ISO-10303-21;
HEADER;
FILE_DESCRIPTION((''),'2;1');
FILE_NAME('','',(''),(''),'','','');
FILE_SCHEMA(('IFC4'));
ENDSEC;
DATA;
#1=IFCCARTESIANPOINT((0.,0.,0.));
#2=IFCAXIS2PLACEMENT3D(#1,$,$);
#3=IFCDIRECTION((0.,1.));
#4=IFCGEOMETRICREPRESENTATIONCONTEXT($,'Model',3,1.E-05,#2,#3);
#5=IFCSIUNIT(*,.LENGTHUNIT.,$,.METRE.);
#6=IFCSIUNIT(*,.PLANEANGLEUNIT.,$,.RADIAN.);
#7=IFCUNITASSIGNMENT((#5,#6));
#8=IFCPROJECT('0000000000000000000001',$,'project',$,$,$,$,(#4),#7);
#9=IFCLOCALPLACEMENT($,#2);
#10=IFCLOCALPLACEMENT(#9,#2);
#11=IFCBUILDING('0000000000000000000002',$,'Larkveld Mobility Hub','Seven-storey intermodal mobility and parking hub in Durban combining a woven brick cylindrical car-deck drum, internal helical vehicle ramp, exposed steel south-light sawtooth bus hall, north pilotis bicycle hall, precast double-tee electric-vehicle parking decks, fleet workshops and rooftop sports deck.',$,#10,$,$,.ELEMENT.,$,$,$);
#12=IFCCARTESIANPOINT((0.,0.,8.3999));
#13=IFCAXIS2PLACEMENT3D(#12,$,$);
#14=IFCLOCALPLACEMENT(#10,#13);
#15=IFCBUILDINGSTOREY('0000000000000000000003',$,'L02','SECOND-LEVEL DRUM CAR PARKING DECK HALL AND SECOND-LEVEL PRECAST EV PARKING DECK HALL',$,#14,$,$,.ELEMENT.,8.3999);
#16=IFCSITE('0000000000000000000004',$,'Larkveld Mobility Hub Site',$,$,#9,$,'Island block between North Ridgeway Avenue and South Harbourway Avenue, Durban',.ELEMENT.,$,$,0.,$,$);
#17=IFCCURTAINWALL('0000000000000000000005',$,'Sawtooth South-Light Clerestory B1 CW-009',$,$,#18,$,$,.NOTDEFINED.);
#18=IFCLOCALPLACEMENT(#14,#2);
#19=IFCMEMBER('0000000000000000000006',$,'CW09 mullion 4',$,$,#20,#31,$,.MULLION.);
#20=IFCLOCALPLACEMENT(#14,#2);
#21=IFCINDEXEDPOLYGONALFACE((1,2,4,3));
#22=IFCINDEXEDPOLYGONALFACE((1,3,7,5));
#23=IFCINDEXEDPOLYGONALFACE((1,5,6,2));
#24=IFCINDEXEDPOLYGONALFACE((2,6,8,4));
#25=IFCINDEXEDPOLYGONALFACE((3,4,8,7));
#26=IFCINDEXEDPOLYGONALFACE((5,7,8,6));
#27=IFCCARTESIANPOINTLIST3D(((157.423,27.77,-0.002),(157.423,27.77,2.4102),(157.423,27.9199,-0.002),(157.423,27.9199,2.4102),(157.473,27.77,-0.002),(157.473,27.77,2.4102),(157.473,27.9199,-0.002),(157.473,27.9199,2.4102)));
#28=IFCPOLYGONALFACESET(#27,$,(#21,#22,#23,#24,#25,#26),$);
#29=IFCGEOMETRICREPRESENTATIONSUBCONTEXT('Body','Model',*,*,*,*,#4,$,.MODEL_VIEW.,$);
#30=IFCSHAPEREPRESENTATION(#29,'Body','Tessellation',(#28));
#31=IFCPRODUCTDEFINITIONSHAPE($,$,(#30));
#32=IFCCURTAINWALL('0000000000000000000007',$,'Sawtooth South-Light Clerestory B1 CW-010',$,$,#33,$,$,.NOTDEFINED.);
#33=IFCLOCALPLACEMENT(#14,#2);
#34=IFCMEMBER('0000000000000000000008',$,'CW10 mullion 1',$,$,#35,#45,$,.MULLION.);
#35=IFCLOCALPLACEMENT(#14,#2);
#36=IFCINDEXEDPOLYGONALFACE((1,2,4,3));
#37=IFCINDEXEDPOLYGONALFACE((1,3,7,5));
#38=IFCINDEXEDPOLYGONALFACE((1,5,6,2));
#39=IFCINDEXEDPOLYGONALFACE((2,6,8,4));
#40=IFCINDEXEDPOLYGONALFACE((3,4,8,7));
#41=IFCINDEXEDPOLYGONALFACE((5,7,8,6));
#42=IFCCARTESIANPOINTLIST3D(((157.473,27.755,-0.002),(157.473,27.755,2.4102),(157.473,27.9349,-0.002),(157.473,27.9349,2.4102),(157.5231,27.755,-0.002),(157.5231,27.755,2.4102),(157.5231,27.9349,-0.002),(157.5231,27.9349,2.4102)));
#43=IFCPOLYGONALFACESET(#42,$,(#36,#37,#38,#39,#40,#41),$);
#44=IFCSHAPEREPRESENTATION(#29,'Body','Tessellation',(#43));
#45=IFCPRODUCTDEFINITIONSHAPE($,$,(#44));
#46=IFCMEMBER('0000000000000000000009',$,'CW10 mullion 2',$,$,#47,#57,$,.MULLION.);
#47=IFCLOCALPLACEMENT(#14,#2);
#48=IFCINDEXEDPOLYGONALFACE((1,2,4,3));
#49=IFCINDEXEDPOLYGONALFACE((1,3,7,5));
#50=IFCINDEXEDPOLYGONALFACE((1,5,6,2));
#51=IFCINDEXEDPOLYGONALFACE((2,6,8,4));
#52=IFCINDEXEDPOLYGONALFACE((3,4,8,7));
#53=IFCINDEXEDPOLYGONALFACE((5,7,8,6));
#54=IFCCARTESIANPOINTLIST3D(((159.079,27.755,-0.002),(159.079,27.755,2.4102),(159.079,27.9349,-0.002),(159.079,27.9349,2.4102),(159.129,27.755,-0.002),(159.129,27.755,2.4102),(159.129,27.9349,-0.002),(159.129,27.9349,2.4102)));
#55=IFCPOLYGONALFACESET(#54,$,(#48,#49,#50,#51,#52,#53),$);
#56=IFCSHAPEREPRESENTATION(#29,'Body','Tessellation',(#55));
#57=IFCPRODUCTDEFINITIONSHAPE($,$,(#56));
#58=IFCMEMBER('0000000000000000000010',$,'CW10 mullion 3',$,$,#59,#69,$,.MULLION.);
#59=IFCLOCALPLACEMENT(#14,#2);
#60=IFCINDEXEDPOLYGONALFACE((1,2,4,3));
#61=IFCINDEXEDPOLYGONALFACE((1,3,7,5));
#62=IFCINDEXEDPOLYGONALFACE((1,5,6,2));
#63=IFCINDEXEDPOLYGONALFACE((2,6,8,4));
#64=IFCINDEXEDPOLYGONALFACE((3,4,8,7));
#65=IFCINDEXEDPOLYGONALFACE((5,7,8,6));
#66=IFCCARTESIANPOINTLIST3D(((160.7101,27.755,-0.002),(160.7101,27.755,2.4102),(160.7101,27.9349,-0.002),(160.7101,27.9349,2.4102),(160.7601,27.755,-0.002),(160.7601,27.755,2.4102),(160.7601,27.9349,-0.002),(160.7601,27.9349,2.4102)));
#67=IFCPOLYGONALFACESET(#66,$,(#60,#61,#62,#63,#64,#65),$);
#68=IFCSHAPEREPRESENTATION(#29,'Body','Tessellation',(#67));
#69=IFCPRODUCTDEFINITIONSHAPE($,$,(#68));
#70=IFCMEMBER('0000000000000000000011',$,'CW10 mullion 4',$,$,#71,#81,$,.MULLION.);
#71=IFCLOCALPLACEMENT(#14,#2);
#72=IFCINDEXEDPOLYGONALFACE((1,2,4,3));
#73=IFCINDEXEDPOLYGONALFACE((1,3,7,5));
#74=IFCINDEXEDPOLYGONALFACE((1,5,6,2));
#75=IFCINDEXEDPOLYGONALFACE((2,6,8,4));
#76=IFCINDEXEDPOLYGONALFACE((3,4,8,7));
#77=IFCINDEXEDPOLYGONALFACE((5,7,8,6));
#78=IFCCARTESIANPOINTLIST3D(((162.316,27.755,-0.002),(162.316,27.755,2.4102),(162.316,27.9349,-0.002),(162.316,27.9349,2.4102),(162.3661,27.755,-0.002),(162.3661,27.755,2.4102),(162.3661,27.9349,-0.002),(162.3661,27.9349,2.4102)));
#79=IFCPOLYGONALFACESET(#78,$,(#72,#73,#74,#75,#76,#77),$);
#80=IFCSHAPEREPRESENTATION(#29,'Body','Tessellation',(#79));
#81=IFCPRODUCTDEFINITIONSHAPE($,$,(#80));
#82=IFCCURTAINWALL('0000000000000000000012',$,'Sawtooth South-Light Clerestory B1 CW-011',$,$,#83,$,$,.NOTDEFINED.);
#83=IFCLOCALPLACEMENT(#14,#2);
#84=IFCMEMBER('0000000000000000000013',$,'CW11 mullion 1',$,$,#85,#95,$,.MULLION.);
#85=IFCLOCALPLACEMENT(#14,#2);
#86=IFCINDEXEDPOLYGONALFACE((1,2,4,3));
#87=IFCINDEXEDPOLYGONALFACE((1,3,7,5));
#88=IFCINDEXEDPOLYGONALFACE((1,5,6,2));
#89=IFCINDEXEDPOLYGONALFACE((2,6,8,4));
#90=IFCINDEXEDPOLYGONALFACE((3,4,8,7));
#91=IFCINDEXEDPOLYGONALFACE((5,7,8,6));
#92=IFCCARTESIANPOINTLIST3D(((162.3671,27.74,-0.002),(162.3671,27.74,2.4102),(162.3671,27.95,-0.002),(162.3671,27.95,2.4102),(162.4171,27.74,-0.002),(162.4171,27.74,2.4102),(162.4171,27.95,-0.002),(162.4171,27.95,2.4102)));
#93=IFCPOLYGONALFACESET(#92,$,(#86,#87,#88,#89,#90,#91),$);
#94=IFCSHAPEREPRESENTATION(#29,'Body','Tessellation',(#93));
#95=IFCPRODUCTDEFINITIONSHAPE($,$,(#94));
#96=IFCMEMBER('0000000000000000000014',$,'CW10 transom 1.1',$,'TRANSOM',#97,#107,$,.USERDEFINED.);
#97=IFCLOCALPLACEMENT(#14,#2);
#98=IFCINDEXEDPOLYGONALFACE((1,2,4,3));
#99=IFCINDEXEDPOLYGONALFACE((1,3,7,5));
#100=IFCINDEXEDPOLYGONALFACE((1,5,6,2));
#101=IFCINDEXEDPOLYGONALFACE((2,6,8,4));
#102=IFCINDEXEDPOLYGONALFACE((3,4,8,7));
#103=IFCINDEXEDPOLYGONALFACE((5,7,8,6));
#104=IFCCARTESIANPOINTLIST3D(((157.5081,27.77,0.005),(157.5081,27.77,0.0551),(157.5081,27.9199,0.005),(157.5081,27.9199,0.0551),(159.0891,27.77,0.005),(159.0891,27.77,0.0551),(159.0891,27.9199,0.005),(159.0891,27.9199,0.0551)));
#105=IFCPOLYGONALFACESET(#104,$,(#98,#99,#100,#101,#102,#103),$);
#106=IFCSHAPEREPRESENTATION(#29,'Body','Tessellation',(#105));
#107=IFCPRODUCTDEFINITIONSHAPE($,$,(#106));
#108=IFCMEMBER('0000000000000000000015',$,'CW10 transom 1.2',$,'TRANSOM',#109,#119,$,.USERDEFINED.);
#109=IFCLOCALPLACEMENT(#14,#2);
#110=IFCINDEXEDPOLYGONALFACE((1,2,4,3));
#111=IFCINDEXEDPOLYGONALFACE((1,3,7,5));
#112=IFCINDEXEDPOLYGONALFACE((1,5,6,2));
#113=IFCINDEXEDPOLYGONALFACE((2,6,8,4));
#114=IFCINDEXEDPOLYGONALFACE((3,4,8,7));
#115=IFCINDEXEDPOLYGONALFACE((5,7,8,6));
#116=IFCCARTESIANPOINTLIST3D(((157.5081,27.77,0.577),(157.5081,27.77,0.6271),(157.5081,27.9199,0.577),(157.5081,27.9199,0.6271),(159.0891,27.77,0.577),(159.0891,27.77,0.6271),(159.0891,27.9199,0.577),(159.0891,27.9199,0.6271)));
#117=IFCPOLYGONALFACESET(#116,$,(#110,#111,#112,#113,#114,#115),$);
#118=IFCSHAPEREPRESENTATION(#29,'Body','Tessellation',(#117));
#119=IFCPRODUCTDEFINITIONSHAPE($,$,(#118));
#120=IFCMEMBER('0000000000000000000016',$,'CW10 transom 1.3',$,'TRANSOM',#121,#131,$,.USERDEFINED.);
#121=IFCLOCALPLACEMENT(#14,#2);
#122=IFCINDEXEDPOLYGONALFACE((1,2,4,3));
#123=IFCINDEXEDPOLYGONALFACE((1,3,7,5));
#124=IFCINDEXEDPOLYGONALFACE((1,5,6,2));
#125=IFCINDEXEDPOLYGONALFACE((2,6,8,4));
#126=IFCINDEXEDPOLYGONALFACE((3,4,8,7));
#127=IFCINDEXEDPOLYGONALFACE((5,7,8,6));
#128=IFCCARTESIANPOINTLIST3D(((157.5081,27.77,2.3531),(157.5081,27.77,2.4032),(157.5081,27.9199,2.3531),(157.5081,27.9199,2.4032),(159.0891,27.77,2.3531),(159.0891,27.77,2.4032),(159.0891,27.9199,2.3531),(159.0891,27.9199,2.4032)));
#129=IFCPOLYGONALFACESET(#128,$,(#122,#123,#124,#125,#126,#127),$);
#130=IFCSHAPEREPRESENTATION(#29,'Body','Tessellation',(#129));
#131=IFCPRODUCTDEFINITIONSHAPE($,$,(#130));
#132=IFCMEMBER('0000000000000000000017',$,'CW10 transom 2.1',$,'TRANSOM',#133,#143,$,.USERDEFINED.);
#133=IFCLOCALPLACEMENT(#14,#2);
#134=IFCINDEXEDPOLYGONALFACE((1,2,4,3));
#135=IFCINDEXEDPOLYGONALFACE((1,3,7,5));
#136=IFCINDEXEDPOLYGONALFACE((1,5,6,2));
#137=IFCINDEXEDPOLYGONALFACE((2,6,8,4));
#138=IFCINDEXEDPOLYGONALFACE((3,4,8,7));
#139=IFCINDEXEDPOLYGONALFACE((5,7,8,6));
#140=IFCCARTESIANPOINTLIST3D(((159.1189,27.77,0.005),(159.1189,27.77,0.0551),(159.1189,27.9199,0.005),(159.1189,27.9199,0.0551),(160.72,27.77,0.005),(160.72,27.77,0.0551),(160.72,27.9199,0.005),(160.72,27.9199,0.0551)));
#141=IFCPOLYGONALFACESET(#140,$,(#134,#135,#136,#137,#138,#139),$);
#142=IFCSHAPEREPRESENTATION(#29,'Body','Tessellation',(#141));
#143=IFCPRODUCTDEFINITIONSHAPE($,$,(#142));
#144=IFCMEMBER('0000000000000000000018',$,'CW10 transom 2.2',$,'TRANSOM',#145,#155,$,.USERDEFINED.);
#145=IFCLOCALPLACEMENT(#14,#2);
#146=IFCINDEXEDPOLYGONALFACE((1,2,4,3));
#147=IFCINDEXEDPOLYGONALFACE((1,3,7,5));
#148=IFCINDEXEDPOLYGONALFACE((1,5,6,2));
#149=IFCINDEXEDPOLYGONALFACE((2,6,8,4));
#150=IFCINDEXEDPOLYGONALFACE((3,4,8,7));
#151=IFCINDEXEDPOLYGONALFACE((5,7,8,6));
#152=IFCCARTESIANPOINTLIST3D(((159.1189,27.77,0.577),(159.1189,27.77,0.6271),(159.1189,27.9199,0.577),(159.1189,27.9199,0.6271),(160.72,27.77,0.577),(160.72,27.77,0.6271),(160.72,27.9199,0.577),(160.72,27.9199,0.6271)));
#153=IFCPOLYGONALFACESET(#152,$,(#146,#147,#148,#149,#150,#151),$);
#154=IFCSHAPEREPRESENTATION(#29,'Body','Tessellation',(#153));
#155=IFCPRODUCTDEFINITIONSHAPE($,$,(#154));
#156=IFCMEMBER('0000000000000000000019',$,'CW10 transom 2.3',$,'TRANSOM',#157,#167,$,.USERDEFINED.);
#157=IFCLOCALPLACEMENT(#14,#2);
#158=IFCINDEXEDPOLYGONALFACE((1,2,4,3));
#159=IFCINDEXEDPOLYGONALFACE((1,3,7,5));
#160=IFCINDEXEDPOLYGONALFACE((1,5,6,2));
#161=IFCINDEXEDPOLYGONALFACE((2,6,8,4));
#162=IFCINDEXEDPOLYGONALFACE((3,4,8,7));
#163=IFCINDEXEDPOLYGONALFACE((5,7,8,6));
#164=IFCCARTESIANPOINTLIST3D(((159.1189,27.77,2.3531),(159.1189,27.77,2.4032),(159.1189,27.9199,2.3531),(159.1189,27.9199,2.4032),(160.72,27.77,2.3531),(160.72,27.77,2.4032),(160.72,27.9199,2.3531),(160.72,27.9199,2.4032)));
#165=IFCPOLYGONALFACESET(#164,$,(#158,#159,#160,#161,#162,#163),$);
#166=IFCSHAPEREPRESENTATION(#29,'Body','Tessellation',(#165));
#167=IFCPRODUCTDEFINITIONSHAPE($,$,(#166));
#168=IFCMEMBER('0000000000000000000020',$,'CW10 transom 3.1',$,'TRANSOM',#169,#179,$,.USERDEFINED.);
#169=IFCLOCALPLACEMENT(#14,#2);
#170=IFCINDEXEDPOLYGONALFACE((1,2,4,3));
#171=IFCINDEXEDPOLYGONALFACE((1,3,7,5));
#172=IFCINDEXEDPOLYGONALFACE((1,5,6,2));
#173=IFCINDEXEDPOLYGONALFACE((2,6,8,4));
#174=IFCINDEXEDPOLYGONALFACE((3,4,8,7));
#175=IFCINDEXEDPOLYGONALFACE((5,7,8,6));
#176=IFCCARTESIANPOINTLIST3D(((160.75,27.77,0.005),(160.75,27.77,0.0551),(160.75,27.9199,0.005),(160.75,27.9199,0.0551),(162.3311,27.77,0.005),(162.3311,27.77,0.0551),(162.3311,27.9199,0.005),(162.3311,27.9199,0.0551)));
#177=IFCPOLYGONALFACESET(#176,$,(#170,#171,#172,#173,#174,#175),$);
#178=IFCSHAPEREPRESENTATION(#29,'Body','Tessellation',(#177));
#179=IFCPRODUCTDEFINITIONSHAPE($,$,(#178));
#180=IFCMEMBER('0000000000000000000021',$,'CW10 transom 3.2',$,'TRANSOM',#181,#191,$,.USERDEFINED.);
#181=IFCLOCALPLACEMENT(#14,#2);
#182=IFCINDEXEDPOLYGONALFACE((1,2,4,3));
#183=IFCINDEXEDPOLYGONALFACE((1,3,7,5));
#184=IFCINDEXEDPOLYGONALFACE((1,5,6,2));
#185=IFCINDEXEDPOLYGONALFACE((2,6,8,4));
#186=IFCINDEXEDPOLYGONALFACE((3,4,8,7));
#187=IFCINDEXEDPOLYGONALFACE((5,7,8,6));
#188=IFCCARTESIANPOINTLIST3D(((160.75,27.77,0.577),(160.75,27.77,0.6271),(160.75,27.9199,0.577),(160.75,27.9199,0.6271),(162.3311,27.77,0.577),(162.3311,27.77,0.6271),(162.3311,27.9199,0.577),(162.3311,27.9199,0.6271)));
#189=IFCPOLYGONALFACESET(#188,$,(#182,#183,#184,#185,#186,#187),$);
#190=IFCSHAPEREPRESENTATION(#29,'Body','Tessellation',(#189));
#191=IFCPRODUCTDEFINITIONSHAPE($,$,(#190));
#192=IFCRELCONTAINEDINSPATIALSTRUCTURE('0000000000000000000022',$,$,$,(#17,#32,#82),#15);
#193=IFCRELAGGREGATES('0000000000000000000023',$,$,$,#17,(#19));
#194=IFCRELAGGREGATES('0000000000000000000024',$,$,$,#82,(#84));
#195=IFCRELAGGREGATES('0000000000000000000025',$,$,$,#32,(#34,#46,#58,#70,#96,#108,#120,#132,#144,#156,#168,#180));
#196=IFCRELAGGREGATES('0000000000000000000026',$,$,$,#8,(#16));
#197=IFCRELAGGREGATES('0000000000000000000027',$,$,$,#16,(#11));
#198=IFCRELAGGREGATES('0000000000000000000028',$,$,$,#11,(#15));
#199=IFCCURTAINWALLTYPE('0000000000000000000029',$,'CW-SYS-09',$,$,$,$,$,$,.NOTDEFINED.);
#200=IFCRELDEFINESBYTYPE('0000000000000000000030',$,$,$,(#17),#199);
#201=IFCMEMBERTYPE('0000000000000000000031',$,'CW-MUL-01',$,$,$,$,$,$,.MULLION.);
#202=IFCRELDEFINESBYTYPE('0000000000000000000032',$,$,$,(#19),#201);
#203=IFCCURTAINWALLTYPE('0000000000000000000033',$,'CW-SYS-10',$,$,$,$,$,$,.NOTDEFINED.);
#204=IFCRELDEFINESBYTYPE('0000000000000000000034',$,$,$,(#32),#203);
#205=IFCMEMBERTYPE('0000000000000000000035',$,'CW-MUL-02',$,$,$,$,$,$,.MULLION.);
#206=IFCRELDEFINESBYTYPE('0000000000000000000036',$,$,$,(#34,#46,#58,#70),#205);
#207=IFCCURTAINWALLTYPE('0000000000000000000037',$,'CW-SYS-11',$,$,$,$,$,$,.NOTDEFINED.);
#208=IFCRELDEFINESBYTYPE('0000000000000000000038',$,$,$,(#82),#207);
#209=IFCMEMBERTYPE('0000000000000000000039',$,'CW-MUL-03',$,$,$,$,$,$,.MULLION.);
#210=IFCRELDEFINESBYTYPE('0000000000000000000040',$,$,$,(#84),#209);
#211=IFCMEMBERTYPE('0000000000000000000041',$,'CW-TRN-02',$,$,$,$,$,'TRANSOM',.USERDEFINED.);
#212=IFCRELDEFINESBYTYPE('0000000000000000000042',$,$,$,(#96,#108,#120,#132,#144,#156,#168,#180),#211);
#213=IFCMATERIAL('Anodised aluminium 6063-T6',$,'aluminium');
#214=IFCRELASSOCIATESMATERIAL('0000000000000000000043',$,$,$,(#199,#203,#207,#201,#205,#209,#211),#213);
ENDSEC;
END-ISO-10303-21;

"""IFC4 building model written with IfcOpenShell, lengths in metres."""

from ifc_helpers import new_model, si_unit, direction, frame, origin, origin_2d, place, context, subcontext, project, spatial, rectangle, extrude, material, material_profile, profile_set, type_object, element, aggregate, save


model = new_model("IFC4")

# Units and contexts
model_context = context("Model", 3, precision=1e-05, world=origin(), true_north=direction((0.0, 1.0)))
body_context = subcontext(model_context, "Body", "Model", "MODEL_VIEW")
ifc_project = project(units=[si_unit("LENGTHUNIT", "METRE"), si_unit("PLANEANGLEUNIT", "RADIAN")], contexts=[model_context])

# Site, building, storey
site_placement = place(None, origin())
site = spatial("IfcSite", under=ifc_project, at=site_placement, Name="Larkveld Mobility Hub Site", LongName="Island block between North Ridgeway Avenue and South Harbourway Avenue, Durban", CompositionType="ELEMENT", RefElevation=0.0)
building_placement = place(site_placement, origin())
building = spatial("IfcBuilding", under=site, at=building_placement, Name="Larkveld Mobility Hub", Description="Seven-storey intermodal mobility and parking hub in Durban combining a woven brick cylindrical car-deck drum, internal helical vehicle ramp, exposed steel south-light sawtooth bus hall, north pilotis bicycle hall, precast double-tee electric-vehicle parking decks, fleet workshops and rooftop sports deck.", CompositionType="ELEMENT")
storey_placement = place(building_placement, frame((0.0, 0.0, 8.3999)))
storey = spatial("IfcBuildingStorey", under=building, at=storey_placement, Name="L02", Description="SECOND-LEVEL DRUM CAR PARKING DECK HALL AND SECOND-LEVEL PRECAST EV PARKING DECK HALL", CompositionType="ELEMENT", Elevation=8.3999)

# Curtain wall, member
ifc_material_1 = material(Name="Anodised aluminium 6063-T6", Category="aluminium")
curtain_wall_type_1 = type_object("IfcCurtainWallType", Name="CW-SYS-09", PredefinedType="NOTDEFINED", material=ifc_material_1)
curtain_wall_1_placement = place(storey_placement, origin())
curtain_wall_1 = element("IfcCurtainWall", 1, at=curtain_wall_1_placement, inside=storey, type_object=curtain_wall_type_1, Name="Sawtooth South-Light Clerestory B1 CW-009", PredefinedType="NOTDEFINED")
ifc_material_profile_1 = material_profile(ifc_material_1, rectangle(XDim=0.05, YDim=0.1499, at=origin_2d()), Name="ALU MULL 50x150")
ifc_profile_set_1 = profile_set([ifc_material_profile_1], Name="Anodised aluminium 6063-T6")
member_type_1 = type_object("IfcMemberType", Name="CW-MUL-01", PredefinedType="MULLION", material=ifc_profile_set_1)
member_1_placement = place(storey_placement, frame((157.448, 27.845, -0.002), z_axis=(0.0, 0.0, 1.0), x_axis=(1.0, 0.0, 0.0)))
member_1 = element("IfcMember", 2, at=member_1_placement, type_object=member_type_1, Name="CW09 mullion 4", PredefinedType="MULLION", context=body_context, shape_type="SweptSolid", body=[
    extrude(rectangle(XDim=0.05, YDim=0.1499, at=origin_2d()), origin(), (0.0, 0.0, 1.0), 2.4121),
])

# Curtain wall, members
curtain_wall_type_2 = type_object("IfcCurtainWallType", Name="CW-SYS-10", PredefinedType="NOTDEFINED", material=ifc_material_1)
curtain_wall_2_placement = place(storey_placement, origin())
curtain_wall_2 = element("IfcCurtainWall", 3, at=curtain_wall_2_placement, inside=storey, type_object=curtain_wall_type_2, Name="Sawtooth South-Light Clerestory B1 CW-010", PredefinedType="NOTDEFINED")
ifc_material_profile_2 = material_profile(ifc_material_1, rectangle(XDim=0.05, YDim=0.1799, at=origin_2d()), Name="ALU MULL 50x180")
ifc_profile_set_2 = profile_set([ifc_material_profile_2], Name="Anodised aluminium 6063-T6")
member_type_2 = type_object("IfcMemberType", Name="CW-MUL-02", PredefinedType="MULLION", material=ifc_profile_set_2)
member_2_placement = place(storey_placement, frame((157.498, 27.845, -0.002), z_axis=(0.0, 0.0, 1.0), x_axis=(1.0, 0.0, 0.0)))
member_2 = element("IfcMember", 4, at=member_2_placement, type_object=member_type_2, Name="CW10 mullion 1", PredefinedType="MULLION", context=body_context, shape_type="SweptSolid", body=[
    extrude(rectangle(XDim=0.05, YDim=0.1799, at=origin_2d()), origin(), (0.0, 0.0, 1.0), 2.4121),
])
member_3_placement = place(storey_placement, frame((159.104, 27.845, -0.002), z_axis=(0.0, 0.0, 1.0), x_axis=(1.0, 0.0, 0.0)))
member_3 = element("IfcMember", 5, at=member_3_placement, type_object=member_type_2, Name="CW10 mullion 2", PredefinedType="MULLION", context=body_context, shape_type="SweptSolid", body=[
    extrude(rectangle(XDim=0.05, YDim=0.1799, at=origin_2d()), origin(), (0.0, 0.0, 1.0), 2.4121),
])
member_4_placement = place(storey_placement, frame((160.7351, 27.845, -0.002), z_axis=(0.0, 0.0, 1.0), x_axis=(1.0, 0.0, 0.0)))
member_4 = element("IfcMember", 6, at=member_4_placement, type_object=member_type_2, Name="CW10 mullion 3", PredefinedType="MULLION", context=body_context, shape_type="SweptSolid", body=[
    extrude(rectangle(XDim=0.05, YDim=0.1799, at=origin_2d()), origin(), (0.0, 0.0, 1.0), 2.4121),
])
member_5_placement = place(storey_placement, frame((162.3411, 27.845, -0.002), z_axis=(0.0, 0.0, 1.0), x_axis=(1.0, 0.0, 0.0)))
member_5 = element("IfcMember", 7, at=member_5_placement, type_object=member_type_2, Name="CW10 mullion 4", PredefinedType="MULLION", context=body_context, shape_type="SweptSolid", body=[
    extrude(rectangle(XDim=0.05, YDim=0.1799, at=origin_2d()), origin(), (0.0, 0.0, 1.0), 2.4121),
])

# Curtain wall, member
curtain_wall_type_3 = type_object("IfcCurtainWallType", Name="CW-SYS-11", PredefinedType="NOTDEFINED", material=ifc_material_1)
curtain_wall_3_placement = place(storey_placement, origin())
curtain_wall_3 = element("IfcCurtainWall", 8, at=curtain_wall_3_placement, inside=storey, type_object=curtain_wall_type_3, Name="Sawtooth South-Light Clerestory B1 CW-011", PredefinedType="NOTDEFINED")
ifc_material_profile_3 = material_profile(ifc_material_1, rectangle(XDim=0.05, YDim=0.21, at=origin_2d()), Name="ALU MULL 50x210")
ifc_profile_set_3 = profile_set([ifc_material_profile_3], Name="Anodised aluminium 6063-T6")
member_type_3 = type_object("IfcMemberType", Name="CW-MUL-03", PredefinedType="MULLION", material=ifc_profile_set_3)
member_6_placement = place(storey_placement, frame((162.3921, 27.845, -0.002), z_axis=(0.0, 0.0, 1.0), x_axis=(1.0, 0.0, 0.0)))
member_6 = element("IfcMember", 9, at=member_6_placement, type_object=member_type_3, Name="CW11 mullion 1", PredefinedType="MULLION", context=body_context, shape_type="SweptSolid", body=[
    extrude(rectangle(XDim=0.05, YDim=0.21, at=origin_2d()), origin(), (0.0, 0.0, 1.0), 2.4121),
])

# Members
ifc_material_profile_4 = material_profile(ifc_material_1, rectangle(XDim=0.1499, YDim=0.05, at=origin_2d()), Name="ALU TRAN 50x150")
ifc_profile_set_4 = profile_set([ifc_material_profile_4], Name="Anodised aluminium 6063-T6")
member_type_4 = type_object("IfcMemberType", Name="CW-TRN-02", ElementType="TRANSOM", PredefinedType="USERDEFINED", material=ifc_profile_set_4)
member_7_placement = place(storey_placement, frame((157.5081, 27.845, 0.03), z_axis=(1.0, 0.0, 0.0), x_axis=(0.0, 1.0, 0.0)))
member_7 = element("IfcMember", 10, at=member_7_placement, type_object=member_type_4, Name="CW10 transom 1.1", ObjectType="TRANSOM", PredefinedType="USERDEFINED", context=body_context, shape_type="SweptSolid", body=[
    extrude(rectangle(XDim=0.1499, YDim=0.05, at=origin_2d()), origin(), (0.0, 0.0, 1.0), 1.5811),
])
member_8_placement = place(storey_placement, frame((157.5081, 27.845, 0.6021), z_axis=(1.0, 0.0, 0.0), x_axis=(0.0, 1.0, 0.0)))
member_8 = element("IfcMember", 11, at=member_8_placement, type_object=member_type_4, Name="CW10 transom 1.2", ObjectType="TRANSOM", PredefinedType="USERDEFINED", context=body_context, shape_type="SweptSolid", body=[
    extrude(rectangle(XDim=0.1499, YDim=0.05, at=origin_2d()), origin(), (0.0, 0.0, 1.0), 1.5811),
])
member_9_placement = place(storey_placement, frame((157.5081, 27.845, 2.3782), z_axis=(1.0, 0.0, 0.0), x_axis=(0.0, 1.0, 0.0)))
member_9 = element("IfcMember", 12, at=member_9_placement, type_object=member_type_4, Name="CW10 transom 1.3", ObjectType="TRANSOM", PredefinedType="USERDEFINED", context=body_context, shape_type="SweptSolid", body=[
    extrude(rectangle(XDim=0.1499, YDim=0.05, at=origin_2d()), origin(), (0.0, 0.0, 1.0), 1.5811),
])
member_10_placement = place(storey_placement, frame((159.1189, 27.845, 0.03), z_axis=(1.0, 0.0, 0.0), x_axis=(0.0, 1.0, 0.0)))
member_10 = element("IfcMember", 13, at=member_10_placement, type_object=member_type_4, Name="CW10 transom 2.1", ObjectType="TRANSOM", PredefinedType="USERDEFINED", context=body_context, shape_type="SweptSolid", body=[
    extrude(rectangle(XDim=0.1499, YDim=0.05, at=origin_2d()), origin(), (0.0, 0.0, 1.0), 1.6011),
])
member_11_placement = place(storey_placement, frame((159.1189, 27.845, 0.6021), z_axis=(1.0, 0.0, 0.0), x_axis=(0.0, 1.0, 0.0)))
member_11 = element("IfcMember", 14, at=member_11_placement, type_object=member_type_4, Name="CW10 transom 2.2", ObjectType="TRANSOM", PredefinedType="USERDEFINED", context=body_context, shape_type="SweptSolid", body=[
    extrude(rectangle(XDim=0.1499, YDim=0.05, at=origin_2d()), origin(), (0.0, 0.0, 1.0), 1.6011),
])
member_12_placement = place(storey_placement, frame((159.1189, 27.845, 2.3782), z_axis=(1.0, 0.0, 0.0), x_axis=(0.0, 1.0, 0.0)))
member_12 = element("IfcMember", 15, at=member_12_placement, type_object=member_type_4, Name="CW10 transom 2.3", ObjectType="TRANSOM", PredefinedType="USERDEFINED", context=body_context, shape_type="SweptSolid", body=[
    extrude(rectangle(XDim=0.1499, YDim=0.05, at=origin_2d()), origin(), (0.0, 0.0, 1.0), 1.6011),
])
member_13_placement = place(storey_placement, frame((160.75, 27.845, 0.03), z_axis=(1.0, 0.0, 0.0), x_axis=(0.0, 1.0, 0.0)))
member_13 = element("IfcMember", 16, at=member_13_placement, type_object=member_type_4, Name="CW10 transom 3.1", ObjectType="TRANSOM", PredefinedType="USERDEFINED", context=body_context, shape_type="SweptSolid", body=[
    extrude(rectangle(XDim=0.1499, YDim=0.05, at=origin_2d()), origin(), (0.0, 0.0, 1.0), 1.5811),
])
member_14_placement = place(storey_placement, frame((160.75, 27.845, 0.6021), z_axis=(1.0, 0.0, 0.0), x_axis=(0.0, 1.0, 0.0)))
member_14 = element("IfcMember", 17, at=member_14_placement, type_object=member_type_4, Name="CW10 transom 3.2", ObjectType="TRANSOM", PredefinedType="USERDEFINED", context=body_context, shape_type="SweptSolid", body=[
    extrude(rectangle(XDim=0.1499, YDim=0.05, at=origin_2d()), origin(), (0.0, 0.0, 1.0), 1.5811),
])

aggregate(curtain_wall_1, [member_1])
aggregate(curtain_wall_3, [member_6])
aggregate(curtain_wall_2, [member_2, member_3, member_4, member_5, member_7, member_8, member_9, member_10, member_11, member_12, member_13, member_14])

save(model, "model.ifc")
